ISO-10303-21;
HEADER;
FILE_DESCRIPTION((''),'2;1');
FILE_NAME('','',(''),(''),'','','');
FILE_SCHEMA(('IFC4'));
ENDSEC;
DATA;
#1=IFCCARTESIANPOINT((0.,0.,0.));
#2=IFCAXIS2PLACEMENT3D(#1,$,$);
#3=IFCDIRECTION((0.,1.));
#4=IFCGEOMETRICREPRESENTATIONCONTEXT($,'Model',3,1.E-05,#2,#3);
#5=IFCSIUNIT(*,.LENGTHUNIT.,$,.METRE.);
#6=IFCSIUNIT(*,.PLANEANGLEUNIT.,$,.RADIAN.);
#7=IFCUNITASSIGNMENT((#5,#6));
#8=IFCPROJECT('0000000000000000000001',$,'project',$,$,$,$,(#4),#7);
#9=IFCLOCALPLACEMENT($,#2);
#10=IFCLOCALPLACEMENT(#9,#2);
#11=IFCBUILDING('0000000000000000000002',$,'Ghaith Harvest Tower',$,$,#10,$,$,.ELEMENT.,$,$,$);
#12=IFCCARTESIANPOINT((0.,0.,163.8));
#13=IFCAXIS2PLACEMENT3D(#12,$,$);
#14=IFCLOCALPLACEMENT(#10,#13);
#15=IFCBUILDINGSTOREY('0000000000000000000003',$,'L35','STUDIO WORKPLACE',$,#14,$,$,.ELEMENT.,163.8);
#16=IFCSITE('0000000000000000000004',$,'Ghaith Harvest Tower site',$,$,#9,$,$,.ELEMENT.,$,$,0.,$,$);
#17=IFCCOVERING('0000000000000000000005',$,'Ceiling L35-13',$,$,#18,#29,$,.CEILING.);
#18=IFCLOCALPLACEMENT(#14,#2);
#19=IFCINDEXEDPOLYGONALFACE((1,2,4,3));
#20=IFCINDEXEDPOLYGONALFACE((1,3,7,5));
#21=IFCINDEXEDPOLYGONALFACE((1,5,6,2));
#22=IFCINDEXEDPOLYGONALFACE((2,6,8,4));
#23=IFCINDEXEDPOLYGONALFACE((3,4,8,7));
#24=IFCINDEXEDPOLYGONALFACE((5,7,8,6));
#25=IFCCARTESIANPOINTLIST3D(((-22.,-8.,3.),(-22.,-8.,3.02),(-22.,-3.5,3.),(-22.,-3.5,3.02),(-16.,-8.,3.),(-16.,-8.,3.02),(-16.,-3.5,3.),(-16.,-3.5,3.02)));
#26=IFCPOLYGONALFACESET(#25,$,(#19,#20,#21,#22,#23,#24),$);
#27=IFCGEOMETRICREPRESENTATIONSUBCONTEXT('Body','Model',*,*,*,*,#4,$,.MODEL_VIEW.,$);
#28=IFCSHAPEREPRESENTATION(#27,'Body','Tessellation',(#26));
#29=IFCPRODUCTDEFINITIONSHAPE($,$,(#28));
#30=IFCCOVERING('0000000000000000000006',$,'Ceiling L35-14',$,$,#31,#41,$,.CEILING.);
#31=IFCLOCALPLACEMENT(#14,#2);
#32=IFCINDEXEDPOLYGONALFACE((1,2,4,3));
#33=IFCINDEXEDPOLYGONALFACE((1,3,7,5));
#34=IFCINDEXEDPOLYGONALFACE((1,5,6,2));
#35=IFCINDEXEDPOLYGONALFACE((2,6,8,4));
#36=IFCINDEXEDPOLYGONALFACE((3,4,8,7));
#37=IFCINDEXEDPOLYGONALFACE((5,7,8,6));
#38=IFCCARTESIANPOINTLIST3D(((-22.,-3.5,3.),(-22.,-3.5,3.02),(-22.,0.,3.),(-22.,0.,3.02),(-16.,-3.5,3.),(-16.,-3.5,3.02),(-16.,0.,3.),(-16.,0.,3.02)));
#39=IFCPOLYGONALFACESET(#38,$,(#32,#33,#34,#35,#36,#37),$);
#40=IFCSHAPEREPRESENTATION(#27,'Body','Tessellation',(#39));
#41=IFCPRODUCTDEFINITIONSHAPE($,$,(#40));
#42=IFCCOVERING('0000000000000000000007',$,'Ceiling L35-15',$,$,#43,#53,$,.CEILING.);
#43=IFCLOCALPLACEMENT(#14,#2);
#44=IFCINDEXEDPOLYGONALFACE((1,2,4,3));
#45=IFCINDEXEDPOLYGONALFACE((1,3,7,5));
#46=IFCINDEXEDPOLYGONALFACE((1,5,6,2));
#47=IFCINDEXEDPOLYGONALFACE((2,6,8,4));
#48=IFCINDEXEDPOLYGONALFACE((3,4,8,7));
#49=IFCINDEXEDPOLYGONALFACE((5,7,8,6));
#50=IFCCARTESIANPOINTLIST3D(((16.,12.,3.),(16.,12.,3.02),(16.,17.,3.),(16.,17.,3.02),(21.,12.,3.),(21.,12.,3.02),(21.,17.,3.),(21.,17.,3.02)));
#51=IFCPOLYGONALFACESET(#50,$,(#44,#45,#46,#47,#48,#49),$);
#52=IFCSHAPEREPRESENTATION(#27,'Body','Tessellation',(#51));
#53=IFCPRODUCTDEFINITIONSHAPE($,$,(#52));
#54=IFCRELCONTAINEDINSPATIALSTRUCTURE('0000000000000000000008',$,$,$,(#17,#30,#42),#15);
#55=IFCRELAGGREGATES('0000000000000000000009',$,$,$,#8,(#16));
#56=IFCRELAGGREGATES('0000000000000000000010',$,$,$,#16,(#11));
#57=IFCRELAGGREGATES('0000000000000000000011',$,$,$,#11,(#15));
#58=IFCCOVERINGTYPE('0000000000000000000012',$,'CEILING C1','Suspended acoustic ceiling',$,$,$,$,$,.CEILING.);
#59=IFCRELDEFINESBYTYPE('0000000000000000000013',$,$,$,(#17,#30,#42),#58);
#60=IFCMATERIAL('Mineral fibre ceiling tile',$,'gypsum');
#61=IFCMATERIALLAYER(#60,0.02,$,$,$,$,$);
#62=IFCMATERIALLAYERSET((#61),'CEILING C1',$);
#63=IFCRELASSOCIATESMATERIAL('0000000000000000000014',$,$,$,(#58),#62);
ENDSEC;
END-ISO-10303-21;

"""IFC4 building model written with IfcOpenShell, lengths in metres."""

from ifc_helpers import new_model, si_unit, direction, frame, origin, place, context, subcontext, project, spatial, polyline, outline, extrude, material, layer, layer_set, type_object, element, save


model = new_model("IFC4")

# Units and contexts
model_context = context("Model", 3, precision=1e-05, world=origin(), true_north=direction((0.0, 1.0)))
body_context = subcontext(model_context, "Body", "Model", "MODEL_VIEW")
ifc_project = project(units=[si_unit("LENGTHUNIT", "METRE"), si_unit("PLANEANGLEUNIT", "RADIAN")], contexts=[model_context])

# Site, building, storey
site_placement = place(None, origin())
site = spatial("IfcSite", under=ifc_project, at=site_placement, Name="Ghaith Harvest Tower site", CompositionType="ELEMENT", RefElevation=0.0)
building_placement = place(site_placement, origin())
building = spatial("IfcBuilding", under=site, at=building_placement, Name="Ghaith Harvest Tower", CompositionType="ELEMENT")
storey_placement = place(building_placement, frame((0.0, 0.0, 163.8)))
storey = spatial("IfcBuildingStorey", under=building, at=storey_placement, Name="L35", Description="STUDIO WORKPLACE", CompositionType="ELEMENT", Elevation=163.8)

# Coverings
ifc_material_1 = material(Name="Mineral fibre ceiling tile", Category="gypsum")
ifc_layer_1 = layer(ifc_material_1, 0.02)
ifc_layer_set_1 = layer_set([ifc_layer_1], Name="CEILING C1")
covering_type = type_object("IfcCoveringType", Name="CEILING C1", Description="Suspended acoustic ceiling", PredefinedType="CEILING", material=ifc_layer_set_1)
covering_1_placement = place(storey_placement, frame((0.0, 0.0, 3.0)))
element("IfcCovering", 1, at=covering_1_placement, inside=storey, type_object=covering_type, Name="Ceiling L35-13", PredefinedType="CEILING", context=body_context, shape_type="SweptSolid", body=[
    extrude(outline(polyline([(-22.0, -8.0), (-16.0, -8.0), (-16.0, -3.5), (-22.0, -3.5), (-22.0, -8.0)])), origin(), (0.0, 0.0, 1.0), 0.02),
])
covering_2_placement = place(storey_placement, frame((0.0, 0.0, 3.0)))
element("IfcCovering", 2, at=covering_2_placement, inside=storey, type_object=covering_type, Name="Ceiling L35-14", PredefinedType="CEILING", context=body_context, shape_type="SweptSolid", body=[
    extrude(outline(polyline([(-22.0, -3.5), (-16.0, -3.5), (-16.0, 0.0), (-22.0, 0.0), (-22.0, -3.5)])), origin(), (0.0, 0.0, 1.0), 0.02),
])
covering_3_placement = place(storey_placement, frame((0.0, 0.0, 3.0)))
element("IfcCovering", 3, at=covering_3_placement, inside=storey, type_object=covering_type, Name="Ceiling L35-15", PredefinedType="CEILING", context=body_context, shape_type="SweptSolid", body=[
    extrude(outline(polyline([(16.0, 12.0), (21.0, 12.0), (21.0, 17.0), (16.0, 17.0), (16.0, 12.0)])), origin(), (0.0, 0.0, 1.0), 0.02),
])

save(model, "model.ifc")
